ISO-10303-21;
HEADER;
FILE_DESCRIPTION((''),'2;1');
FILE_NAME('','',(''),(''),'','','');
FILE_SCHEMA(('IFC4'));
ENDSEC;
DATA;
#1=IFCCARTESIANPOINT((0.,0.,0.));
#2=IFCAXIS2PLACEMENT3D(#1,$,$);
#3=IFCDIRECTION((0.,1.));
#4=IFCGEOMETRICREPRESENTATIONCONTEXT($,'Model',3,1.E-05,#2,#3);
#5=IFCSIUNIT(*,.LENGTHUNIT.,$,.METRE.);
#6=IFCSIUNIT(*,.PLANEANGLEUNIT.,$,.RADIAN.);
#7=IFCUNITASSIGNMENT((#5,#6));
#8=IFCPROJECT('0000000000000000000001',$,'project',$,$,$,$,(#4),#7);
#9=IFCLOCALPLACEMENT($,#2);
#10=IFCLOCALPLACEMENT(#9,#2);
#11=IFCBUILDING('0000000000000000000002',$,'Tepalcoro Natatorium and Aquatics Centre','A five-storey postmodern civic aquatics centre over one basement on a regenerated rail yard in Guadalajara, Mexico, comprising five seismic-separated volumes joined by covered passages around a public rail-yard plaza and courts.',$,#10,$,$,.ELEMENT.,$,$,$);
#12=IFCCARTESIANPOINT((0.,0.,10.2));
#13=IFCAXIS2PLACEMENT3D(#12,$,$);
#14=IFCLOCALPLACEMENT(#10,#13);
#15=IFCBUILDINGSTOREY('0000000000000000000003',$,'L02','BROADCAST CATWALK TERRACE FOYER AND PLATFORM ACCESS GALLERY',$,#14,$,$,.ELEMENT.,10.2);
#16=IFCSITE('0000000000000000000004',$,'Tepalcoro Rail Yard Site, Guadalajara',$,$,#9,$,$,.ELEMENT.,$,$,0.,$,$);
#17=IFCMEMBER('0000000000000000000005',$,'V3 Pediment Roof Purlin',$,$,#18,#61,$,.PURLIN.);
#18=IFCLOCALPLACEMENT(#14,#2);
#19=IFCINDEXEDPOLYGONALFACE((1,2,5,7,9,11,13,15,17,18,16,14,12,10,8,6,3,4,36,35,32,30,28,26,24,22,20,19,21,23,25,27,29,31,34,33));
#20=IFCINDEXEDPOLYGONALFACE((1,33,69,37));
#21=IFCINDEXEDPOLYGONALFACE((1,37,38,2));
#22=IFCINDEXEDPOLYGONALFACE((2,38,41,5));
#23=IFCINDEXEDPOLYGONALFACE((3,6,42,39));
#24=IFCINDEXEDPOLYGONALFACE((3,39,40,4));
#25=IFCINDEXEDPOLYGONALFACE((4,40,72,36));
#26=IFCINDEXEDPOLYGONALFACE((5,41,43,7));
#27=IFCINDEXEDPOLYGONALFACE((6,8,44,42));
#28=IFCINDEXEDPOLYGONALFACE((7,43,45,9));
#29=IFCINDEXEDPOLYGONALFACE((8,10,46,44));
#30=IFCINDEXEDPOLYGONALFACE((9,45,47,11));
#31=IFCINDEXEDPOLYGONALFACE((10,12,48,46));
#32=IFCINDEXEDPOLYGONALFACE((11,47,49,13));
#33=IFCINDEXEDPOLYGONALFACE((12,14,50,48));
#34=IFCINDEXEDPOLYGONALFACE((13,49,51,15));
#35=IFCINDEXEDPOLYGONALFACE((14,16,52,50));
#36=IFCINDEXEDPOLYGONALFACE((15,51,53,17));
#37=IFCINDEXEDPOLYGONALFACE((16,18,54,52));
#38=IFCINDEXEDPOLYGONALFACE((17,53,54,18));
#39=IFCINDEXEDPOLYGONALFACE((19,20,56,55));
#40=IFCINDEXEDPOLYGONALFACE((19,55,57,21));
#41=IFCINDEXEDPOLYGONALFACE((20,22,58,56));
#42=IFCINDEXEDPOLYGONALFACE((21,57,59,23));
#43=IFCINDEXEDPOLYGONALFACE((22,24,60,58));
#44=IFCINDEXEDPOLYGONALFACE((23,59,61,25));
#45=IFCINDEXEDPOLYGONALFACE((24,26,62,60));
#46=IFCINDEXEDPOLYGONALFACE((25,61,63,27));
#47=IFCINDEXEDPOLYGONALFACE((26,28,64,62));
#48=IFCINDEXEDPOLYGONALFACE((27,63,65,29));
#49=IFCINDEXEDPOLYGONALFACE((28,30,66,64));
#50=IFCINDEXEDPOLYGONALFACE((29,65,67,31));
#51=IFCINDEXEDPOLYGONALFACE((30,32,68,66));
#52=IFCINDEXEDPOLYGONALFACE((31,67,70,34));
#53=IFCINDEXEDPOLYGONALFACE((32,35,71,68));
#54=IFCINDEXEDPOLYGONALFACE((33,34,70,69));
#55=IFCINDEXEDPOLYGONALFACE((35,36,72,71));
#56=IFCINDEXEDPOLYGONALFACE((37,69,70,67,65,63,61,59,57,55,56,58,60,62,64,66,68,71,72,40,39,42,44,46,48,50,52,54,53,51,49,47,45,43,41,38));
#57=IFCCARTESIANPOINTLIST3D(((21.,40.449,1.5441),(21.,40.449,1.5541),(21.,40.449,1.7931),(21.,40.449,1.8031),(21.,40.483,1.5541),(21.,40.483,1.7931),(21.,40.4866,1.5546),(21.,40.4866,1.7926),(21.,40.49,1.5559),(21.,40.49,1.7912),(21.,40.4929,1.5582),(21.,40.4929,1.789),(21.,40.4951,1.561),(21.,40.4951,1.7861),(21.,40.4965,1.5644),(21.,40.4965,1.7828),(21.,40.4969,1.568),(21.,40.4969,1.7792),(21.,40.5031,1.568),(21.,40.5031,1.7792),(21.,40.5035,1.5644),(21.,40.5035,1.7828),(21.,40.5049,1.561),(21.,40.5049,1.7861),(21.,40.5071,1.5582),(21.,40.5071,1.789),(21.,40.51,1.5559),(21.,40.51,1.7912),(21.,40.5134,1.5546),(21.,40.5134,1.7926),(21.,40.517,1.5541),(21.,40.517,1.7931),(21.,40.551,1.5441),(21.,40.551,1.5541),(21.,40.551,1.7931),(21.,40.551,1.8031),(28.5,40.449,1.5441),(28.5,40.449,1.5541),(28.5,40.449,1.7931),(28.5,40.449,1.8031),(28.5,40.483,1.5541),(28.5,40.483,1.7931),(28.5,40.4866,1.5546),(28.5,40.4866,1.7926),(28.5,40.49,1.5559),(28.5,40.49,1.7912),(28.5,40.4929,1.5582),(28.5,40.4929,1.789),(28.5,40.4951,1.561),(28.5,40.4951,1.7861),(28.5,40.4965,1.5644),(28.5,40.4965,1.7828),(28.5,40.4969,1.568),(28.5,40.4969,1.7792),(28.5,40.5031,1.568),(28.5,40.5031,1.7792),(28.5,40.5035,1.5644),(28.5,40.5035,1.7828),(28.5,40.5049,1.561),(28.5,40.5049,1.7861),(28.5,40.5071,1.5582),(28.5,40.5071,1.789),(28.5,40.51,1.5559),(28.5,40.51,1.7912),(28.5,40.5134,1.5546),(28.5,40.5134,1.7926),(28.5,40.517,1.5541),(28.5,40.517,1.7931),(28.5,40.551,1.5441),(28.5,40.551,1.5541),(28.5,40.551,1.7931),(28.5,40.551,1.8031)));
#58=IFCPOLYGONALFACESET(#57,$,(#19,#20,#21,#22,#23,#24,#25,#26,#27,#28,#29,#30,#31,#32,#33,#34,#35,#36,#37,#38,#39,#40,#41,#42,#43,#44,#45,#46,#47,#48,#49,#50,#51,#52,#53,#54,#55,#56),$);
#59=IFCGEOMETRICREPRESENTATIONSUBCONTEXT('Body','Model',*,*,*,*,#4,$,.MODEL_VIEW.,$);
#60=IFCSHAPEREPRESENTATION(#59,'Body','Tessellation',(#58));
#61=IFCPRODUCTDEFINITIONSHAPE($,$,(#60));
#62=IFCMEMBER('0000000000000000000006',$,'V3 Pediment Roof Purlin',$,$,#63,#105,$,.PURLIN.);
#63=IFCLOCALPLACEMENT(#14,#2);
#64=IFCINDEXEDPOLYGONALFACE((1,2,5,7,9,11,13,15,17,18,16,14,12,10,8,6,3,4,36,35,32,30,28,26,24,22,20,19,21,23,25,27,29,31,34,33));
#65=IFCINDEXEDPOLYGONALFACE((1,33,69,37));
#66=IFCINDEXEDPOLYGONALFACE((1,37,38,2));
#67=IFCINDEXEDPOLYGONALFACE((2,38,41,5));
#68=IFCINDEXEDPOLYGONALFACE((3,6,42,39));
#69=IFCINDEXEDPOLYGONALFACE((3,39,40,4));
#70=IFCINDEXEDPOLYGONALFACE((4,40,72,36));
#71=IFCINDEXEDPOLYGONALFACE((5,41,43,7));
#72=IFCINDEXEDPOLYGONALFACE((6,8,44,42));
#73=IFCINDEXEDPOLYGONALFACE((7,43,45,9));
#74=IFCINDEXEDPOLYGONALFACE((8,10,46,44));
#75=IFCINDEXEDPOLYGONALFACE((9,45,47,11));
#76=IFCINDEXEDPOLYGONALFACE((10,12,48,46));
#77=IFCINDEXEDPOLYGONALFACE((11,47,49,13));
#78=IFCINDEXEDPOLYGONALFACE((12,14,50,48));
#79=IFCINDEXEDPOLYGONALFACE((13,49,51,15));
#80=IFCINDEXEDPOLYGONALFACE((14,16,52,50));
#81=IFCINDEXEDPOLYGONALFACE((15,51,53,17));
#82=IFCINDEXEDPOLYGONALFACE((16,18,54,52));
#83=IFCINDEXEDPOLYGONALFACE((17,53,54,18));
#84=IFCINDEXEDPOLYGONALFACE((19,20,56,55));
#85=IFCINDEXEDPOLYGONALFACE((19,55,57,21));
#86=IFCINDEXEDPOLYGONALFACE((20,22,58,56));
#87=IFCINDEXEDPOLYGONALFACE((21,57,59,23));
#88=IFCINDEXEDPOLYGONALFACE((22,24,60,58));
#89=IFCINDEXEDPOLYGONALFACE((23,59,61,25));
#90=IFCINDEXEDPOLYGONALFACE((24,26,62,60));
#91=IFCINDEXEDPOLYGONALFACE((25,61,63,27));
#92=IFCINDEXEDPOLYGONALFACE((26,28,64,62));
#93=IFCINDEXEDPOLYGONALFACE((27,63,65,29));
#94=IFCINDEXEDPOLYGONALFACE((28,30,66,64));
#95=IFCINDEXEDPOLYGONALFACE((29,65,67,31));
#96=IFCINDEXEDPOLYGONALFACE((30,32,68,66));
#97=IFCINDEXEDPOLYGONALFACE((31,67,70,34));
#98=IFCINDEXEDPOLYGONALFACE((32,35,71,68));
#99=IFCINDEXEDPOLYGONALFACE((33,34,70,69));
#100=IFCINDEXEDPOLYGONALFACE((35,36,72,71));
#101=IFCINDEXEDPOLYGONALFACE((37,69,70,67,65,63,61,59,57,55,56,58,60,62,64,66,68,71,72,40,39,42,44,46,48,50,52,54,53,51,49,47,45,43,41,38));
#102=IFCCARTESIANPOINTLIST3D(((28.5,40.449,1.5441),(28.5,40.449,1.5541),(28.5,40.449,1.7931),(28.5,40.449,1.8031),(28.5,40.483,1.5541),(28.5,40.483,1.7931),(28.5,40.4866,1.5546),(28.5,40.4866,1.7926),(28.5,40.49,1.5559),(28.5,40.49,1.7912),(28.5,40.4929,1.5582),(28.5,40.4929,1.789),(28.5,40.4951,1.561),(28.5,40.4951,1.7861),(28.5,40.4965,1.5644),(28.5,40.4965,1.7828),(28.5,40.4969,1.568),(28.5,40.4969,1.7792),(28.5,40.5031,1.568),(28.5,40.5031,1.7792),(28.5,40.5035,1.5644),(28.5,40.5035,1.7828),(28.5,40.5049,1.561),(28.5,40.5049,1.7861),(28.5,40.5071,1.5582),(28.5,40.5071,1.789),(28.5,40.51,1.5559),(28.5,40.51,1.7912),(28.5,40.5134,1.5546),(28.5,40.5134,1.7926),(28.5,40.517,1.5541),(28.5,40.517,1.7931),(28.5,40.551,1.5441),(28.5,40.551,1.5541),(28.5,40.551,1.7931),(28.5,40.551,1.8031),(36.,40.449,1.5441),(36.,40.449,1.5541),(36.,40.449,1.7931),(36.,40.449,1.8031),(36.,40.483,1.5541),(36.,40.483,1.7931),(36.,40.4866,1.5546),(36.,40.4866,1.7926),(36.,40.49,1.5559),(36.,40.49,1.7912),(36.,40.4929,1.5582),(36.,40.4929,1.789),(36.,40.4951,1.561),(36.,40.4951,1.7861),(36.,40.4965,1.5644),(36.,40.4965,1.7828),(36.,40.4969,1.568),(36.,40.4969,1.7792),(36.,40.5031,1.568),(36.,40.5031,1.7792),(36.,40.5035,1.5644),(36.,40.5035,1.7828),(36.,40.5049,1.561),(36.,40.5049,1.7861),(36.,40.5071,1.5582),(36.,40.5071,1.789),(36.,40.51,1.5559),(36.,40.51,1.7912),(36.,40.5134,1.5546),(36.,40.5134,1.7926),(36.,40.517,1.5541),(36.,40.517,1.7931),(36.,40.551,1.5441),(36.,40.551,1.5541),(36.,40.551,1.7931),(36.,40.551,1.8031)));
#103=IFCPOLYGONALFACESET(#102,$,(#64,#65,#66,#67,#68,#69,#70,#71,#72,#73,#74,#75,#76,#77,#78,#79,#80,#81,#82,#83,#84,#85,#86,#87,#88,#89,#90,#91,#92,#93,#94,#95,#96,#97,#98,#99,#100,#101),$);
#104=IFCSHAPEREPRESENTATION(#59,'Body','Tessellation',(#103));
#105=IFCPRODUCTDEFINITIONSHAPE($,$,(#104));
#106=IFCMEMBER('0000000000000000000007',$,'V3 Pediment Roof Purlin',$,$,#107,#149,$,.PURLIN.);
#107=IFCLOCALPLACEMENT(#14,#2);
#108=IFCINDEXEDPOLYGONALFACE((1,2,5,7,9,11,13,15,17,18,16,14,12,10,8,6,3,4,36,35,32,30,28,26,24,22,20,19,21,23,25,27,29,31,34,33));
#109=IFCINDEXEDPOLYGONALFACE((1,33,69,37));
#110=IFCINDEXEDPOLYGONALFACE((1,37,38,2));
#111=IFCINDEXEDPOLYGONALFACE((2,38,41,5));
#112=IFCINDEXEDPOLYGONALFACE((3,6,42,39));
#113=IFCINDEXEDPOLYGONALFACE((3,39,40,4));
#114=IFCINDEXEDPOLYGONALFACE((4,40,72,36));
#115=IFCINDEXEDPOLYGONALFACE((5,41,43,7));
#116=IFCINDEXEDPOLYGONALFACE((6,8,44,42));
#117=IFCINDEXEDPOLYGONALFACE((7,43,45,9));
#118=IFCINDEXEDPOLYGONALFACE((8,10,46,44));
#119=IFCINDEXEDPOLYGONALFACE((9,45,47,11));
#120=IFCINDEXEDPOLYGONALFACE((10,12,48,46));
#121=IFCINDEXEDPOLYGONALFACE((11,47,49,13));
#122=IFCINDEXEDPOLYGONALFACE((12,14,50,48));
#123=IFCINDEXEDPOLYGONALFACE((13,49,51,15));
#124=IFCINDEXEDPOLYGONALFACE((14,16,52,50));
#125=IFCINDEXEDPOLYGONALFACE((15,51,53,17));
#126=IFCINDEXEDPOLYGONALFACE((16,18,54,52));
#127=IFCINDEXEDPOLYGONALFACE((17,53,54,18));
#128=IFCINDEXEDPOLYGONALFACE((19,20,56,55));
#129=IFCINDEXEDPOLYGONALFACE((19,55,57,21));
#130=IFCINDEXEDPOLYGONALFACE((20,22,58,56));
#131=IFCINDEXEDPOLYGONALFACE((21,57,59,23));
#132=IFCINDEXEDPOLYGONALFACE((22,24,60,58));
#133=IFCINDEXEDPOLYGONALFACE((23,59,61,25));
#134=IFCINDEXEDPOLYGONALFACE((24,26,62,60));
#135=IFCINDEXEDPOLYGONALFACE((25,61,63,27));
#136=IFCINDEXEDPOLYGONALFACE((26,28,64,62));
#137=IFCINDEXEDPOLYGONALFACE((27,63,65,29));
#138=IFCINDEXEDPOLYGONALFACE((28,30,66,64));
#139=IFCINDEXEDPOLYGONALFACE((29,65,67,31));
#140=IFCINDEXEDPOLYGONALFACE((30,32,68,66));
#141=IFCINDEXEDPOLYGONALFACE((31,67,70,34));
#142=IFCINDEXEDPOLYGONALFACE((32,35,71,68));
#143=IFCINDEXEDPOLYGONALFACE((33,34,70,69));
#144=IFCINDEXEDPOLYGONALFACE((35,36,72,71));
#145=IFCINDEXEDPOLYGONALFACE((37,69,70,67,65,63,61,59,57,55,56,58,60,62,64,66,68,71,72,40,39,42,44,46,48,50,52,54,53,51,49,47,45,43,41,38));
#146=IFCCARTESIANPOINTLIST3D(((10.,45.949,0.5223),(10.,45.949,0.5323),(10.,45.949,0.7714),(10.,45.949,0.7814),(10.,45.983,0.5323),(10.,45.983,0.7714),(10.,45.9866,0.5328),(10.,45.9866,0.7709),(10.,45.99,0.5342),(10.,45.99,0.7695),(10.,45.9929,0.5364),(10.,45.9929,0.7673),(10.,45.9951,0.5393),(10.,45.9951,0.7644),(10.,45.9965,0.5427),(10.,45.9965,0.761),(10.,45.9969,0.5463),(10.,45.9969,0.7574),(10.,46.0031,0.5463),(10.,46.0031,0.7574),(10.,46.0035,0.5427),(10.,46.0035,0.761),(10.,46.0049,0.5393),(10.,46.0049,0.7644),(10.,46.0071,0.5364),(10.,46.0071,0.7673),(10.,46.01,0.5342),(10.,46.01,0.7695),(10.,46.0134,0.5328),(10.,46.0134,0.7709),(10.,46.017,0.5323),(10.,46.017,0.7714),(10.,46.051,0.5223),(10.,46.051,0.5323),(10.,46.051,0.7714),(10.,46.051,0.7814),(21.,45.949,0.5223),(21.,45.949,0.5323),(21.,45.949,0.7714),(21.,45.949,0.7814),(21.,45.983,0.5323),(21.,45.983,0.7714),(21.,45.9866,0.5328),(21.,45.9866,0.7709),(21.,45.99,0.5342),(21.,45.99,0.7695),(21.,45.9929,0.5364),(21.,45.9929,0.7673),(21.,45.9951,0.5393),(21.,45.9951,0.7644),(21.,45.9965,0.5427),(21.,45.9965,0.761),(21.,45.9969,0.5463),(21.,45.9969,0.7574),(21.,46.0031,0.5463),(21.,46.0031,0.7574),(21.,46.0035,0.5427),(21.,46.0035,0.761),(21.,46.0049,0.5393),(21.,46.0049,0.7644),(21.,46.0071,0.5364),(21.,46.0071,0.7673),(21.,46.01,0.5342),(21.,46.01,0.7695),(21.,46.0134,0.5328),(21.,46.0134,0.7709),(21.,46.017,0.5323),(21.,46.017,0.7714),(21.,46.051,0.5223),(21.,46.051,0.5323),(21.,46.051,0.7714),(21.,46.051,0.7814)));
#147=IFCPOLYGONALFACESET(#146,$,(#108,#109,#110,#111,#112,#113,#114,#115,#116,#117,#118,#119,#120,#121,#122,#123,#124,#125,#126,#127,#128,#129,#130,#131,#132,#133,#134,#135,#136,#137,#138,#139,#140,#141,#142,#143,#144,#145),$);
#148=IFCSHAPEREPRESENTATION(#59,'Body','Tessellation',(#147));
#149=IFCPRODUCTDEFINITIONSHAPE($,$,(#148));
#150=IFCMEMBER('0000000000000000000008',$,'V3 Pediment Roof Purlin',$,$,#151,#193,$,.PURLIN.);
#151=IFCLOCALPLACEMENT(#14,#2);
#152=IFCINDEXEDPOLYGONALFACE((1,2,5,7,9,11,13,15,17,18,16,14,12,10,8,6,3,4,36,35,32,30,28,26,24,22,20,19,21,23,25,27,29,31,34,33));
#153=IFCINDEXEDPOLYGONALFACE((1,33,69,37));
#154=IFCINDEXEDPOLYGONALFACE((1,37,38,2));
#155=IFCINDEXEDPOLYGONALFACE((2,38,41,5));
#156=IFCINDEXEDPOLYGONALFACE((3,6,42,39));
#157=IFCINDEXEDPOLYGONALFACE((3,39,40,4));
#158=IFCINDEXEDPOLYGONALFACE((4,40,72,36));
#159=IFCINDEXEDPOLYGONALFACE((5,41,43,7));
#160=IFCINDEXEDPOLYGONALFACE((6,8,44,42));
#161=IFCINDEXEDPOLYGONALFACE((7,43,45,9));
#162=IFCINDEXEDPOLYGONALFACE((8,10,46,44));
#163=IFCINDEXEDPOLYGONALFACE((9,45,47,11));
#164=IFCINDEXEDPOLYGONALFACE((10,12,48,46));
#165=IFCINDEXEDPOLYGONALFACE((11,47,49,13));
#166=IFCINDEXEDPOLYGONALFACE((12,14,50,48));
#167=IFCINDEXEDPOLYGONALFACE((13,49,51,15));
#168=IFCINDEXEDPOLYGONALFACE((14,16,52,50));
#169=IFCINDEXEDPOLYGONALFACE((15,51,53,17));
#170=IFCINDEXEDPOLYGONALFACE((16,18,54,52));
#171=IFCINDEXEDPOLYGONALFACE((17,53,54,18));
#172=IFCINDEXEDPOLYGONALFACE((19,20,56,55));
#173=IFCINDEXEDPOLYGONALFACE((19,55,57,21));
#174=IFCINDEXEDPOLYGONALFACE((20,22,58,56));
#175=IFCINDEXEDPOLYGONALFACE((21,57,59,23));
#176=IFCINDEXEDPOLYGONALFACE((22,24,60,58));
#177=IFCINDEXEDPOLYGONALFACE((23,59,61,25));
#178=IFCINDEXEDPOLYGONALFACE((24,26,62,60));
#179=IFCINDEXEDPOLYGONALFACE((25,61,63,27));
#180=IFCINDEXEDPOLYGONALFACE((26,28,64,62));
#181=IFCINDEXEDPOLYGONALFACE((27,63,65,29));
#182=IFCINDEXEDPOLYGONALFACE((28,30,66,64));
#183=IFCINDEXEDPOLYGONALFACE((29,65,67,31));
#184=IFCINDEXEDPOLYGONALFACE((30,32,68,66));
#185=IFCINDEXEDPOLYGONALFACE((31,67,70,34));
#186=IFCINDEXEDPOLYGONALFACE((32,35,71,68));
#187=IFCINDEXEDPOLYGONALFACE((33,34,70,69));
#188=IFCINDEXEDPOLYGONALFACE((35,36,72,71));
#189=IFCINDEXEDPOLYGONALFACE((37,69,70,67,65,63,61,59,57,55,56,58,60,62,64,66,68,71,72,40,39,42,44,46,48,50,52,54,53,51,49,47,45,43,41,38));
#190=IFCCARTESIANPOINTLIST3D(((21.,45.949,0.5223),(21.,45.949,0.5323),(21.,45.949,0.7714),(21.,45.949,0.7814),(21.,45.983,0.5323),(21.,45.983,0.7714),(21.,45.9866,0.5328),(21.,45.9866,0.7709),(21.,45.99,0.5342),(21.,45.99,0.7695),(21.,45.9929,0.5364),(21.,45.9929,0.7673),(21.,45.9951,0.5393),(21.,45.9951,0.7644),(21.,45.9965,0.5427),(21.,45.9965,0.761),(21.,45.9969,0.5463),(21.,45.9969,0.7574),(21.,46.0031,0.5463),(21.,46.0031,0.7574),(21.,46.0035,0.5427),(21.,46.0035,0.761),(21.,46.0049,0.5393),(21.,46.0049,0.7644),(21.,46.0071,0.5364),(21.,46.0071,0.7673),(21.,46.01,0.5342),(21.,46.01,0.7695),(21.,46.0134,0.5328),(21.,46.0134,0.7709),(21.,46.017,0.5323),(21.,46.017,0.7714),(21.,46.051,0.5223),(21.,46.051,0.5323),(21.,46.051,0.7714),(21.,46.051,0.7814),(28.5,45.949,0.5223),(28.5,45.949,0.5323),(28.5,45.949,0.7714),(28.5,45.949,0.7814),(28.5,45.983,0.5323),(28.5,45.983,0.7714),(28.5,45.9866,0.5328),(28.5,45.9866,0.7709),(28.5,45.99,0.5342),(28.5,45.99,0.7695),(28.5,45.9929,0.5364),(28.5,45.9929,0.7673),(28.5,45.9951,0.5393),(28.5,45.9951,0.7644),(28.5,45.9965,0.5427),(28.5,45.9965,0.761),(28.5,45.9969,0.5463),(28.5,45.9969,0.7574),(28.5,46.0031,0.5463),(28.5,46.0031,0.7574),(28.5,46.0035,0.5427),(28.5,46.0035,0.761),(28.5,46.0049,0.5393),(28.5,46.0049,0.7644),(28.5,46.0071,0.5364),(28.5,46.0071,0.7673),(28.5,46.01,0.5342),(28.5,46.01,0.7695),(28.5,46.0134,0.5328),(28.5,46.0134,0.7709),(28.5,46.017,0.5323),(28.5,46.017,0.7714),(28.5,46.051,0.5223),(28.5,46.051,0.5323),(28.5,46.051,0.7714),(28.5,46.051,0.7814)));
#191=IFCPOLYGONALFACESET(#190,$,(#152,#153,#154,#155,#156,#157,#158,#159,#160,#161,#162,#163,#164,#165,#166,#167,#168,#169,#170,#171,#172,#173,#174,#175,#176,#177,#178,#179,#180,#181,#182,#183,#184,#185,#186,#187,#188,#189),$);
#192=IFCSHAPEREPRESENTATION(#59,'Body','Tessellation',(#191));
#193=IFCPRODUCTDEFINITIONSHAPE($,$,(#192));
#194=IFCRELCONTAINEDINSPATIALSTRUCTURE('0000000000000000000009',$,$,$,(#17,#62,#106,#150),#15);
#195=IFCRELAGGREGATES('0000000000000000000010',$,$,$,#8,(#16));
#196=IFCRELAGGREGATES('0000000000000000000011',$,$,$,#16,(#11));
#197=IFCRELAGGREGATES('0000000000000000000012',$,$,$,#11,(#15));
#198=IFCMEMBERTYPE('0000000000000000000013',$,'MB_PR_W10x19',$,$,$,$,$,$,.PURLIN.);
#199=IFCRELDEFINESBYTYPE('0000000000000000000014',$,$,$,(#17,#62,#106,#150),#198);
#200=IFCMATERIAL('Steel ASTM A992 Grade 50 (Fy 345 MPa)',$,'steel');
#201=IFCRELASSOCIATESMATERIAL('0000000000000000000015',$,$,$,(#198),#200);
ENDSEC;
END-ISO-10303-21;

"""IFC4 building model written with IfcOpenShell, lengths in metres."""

from ifc_helpers import new_model, si_unit, direction, frame, origin, origin_2d, place, context, subcontext, project, spatial, i_section, extrude, material, material_profile, profile_set, type_object, element, save


model = new_model("IFC4")

# Units and contexts
model_context = context("Model", 3, precision=1e-05, world=origin(), true_north=direction((0.0, 1.0)))
body_context = subcontext(model_context, "Body", "Model", "MODEL_VIEW")
ifc_project = project(units=[si_unit("LENGTHUNIT", "METRE"), si_unit("PLANEANGLEUNIT", "RADIAN")], contexts=[model_context])

# Site, building, storey
site_placement = place(None, origin())
site = spatial("IfcSite", under=ifc_project, at=site_placement, Name="Tepalcoro Rail Yard Site, Guadalajara", CompositionType="ELEMENT", RefElevation=0.0)
building_placement = place(site_placement, origin())
building = spatial("IfcBuilding", under=site, at=building_placement, Name="Tepalcoro Natatorium and Aquatics Centre", Description="A five-storey postmodern civic aquatics centre over one basement on a regenerated rail yard in Guadalajara, Mexico, comprising five seismic-separated volumes joined by covered passages around a public rail-yard plaza and courts.", CompositionType="ELEMENT")
storey_placement = place(building_placement, frame((0.0, 0.0, 10.2)))
storey = spatial("IfcBuildingStorey", under=building, at=storey_placement, Name="L02", Description="BROADCAST CATWALK TERRACE FOYER AND PLATFORM ACCESS GALLERY", CompositionType="ELEMENT", Elevation=10.2)

# Members
ifc_material_1 = material(Name="Steel ASTM A992 Grade 50 (Fy 345 MPa)", Category="steel")
ifc_material_profile_1 = material_profile(ifc_material_1, i_section(OverallWidth=0.1021, OverallDepth=0.259, WebThickness=0.0061, FlangeThickness=0.01, FilletRadius=0.0139, at=origin_2d()), Name="W10X19")
ifc_profile_set_1 = profile_set([ifc_material_profile_1], Name="Steel ASTM A992 Grade 50 (Fy 345 MPa)")
member_type_1 = type_object("IfcMemberType", Name="MB_PR_W10x19", PredefinedType="PURLIN", material=ifc_profile_set_1)
for number, where, z_axis, x_axis, name in (
    (1, (21.0, 40.5, 1.6736), (1.0, 0.0, 0.0), (0.0, 1.0, 0.0), "V3 Pediment Roof Purlin"),
    (2, (28.5, 40.5, 1.6736), (1.0, 0.0, 0.0), (0.0, 1.0, 0.0), "V3 Pediment Roof Purlin"),
):
    element("IfcMember", number, at=place(storey_placement, frame(where, z_axis=z_axis, x_axis=x_axis)), inside=storey, type_object=member_type_1, Name=name, PredefinedType="PURLIN", context=body_context, shape_type="SweptSolid", body=[
        extrude(i_section(OverallWidth=0.1021, OverallDepth=0.259, WebThickness=0.0061, FlangeThickness=0.01, FilletRadius=0.0139, at=origin_2d()), origin(), (0.0, 0.0, 1.0), 7.5),
    ])
member_1_placement = place(storey_placement, frame((10.0, 46.0, 0.6519), z_axis=(1.0, 0.0, 0.0), x_axis=(0.0, 1.0, 0.0)))
element("IfcMember", 3, at=member_1_placement, inside=storey, type_object=member_type_1, Name="V3 Pediment Roof Purlin", PredefinedType="PURLIN", context=body_context, shape_type="SweptSolid", body=[
    extrude(i_section(OverallWidth=0.1021, OverallDepth=0.259, WebThickness=0.0061, FlangeThickness=0.01, FilletRadius=0.0139, at=origin_2d()), origin(), (0.0, 0.0, 1.0), 11.0),
])
member_2_placement = place(storey_placement, frame((21.0, 46.0, 0.6519), z_axis=(1.0, 0.0, 0.0), x_axis=(0.0, 1.0, 0.0)))
element("IfcMember", 4, at=member_2_placement, inside=storey, type_object=member_type_1, Name="V3 Pediment Roof Purlin", PredefinedType="PURLIN", context=body_context, shape_type="SweptSolid", body=[
    extrude(i_section(OverallWidth=0.1021, OverallDepth=0.259, WebThickness=0.0061, FlangeThickness=0.01, FilletRadius=0.0139, at=origin_2d()), origin(), (0.0, 0.0, 1.0), 7.5),
])

save(model, "model.ifc")
